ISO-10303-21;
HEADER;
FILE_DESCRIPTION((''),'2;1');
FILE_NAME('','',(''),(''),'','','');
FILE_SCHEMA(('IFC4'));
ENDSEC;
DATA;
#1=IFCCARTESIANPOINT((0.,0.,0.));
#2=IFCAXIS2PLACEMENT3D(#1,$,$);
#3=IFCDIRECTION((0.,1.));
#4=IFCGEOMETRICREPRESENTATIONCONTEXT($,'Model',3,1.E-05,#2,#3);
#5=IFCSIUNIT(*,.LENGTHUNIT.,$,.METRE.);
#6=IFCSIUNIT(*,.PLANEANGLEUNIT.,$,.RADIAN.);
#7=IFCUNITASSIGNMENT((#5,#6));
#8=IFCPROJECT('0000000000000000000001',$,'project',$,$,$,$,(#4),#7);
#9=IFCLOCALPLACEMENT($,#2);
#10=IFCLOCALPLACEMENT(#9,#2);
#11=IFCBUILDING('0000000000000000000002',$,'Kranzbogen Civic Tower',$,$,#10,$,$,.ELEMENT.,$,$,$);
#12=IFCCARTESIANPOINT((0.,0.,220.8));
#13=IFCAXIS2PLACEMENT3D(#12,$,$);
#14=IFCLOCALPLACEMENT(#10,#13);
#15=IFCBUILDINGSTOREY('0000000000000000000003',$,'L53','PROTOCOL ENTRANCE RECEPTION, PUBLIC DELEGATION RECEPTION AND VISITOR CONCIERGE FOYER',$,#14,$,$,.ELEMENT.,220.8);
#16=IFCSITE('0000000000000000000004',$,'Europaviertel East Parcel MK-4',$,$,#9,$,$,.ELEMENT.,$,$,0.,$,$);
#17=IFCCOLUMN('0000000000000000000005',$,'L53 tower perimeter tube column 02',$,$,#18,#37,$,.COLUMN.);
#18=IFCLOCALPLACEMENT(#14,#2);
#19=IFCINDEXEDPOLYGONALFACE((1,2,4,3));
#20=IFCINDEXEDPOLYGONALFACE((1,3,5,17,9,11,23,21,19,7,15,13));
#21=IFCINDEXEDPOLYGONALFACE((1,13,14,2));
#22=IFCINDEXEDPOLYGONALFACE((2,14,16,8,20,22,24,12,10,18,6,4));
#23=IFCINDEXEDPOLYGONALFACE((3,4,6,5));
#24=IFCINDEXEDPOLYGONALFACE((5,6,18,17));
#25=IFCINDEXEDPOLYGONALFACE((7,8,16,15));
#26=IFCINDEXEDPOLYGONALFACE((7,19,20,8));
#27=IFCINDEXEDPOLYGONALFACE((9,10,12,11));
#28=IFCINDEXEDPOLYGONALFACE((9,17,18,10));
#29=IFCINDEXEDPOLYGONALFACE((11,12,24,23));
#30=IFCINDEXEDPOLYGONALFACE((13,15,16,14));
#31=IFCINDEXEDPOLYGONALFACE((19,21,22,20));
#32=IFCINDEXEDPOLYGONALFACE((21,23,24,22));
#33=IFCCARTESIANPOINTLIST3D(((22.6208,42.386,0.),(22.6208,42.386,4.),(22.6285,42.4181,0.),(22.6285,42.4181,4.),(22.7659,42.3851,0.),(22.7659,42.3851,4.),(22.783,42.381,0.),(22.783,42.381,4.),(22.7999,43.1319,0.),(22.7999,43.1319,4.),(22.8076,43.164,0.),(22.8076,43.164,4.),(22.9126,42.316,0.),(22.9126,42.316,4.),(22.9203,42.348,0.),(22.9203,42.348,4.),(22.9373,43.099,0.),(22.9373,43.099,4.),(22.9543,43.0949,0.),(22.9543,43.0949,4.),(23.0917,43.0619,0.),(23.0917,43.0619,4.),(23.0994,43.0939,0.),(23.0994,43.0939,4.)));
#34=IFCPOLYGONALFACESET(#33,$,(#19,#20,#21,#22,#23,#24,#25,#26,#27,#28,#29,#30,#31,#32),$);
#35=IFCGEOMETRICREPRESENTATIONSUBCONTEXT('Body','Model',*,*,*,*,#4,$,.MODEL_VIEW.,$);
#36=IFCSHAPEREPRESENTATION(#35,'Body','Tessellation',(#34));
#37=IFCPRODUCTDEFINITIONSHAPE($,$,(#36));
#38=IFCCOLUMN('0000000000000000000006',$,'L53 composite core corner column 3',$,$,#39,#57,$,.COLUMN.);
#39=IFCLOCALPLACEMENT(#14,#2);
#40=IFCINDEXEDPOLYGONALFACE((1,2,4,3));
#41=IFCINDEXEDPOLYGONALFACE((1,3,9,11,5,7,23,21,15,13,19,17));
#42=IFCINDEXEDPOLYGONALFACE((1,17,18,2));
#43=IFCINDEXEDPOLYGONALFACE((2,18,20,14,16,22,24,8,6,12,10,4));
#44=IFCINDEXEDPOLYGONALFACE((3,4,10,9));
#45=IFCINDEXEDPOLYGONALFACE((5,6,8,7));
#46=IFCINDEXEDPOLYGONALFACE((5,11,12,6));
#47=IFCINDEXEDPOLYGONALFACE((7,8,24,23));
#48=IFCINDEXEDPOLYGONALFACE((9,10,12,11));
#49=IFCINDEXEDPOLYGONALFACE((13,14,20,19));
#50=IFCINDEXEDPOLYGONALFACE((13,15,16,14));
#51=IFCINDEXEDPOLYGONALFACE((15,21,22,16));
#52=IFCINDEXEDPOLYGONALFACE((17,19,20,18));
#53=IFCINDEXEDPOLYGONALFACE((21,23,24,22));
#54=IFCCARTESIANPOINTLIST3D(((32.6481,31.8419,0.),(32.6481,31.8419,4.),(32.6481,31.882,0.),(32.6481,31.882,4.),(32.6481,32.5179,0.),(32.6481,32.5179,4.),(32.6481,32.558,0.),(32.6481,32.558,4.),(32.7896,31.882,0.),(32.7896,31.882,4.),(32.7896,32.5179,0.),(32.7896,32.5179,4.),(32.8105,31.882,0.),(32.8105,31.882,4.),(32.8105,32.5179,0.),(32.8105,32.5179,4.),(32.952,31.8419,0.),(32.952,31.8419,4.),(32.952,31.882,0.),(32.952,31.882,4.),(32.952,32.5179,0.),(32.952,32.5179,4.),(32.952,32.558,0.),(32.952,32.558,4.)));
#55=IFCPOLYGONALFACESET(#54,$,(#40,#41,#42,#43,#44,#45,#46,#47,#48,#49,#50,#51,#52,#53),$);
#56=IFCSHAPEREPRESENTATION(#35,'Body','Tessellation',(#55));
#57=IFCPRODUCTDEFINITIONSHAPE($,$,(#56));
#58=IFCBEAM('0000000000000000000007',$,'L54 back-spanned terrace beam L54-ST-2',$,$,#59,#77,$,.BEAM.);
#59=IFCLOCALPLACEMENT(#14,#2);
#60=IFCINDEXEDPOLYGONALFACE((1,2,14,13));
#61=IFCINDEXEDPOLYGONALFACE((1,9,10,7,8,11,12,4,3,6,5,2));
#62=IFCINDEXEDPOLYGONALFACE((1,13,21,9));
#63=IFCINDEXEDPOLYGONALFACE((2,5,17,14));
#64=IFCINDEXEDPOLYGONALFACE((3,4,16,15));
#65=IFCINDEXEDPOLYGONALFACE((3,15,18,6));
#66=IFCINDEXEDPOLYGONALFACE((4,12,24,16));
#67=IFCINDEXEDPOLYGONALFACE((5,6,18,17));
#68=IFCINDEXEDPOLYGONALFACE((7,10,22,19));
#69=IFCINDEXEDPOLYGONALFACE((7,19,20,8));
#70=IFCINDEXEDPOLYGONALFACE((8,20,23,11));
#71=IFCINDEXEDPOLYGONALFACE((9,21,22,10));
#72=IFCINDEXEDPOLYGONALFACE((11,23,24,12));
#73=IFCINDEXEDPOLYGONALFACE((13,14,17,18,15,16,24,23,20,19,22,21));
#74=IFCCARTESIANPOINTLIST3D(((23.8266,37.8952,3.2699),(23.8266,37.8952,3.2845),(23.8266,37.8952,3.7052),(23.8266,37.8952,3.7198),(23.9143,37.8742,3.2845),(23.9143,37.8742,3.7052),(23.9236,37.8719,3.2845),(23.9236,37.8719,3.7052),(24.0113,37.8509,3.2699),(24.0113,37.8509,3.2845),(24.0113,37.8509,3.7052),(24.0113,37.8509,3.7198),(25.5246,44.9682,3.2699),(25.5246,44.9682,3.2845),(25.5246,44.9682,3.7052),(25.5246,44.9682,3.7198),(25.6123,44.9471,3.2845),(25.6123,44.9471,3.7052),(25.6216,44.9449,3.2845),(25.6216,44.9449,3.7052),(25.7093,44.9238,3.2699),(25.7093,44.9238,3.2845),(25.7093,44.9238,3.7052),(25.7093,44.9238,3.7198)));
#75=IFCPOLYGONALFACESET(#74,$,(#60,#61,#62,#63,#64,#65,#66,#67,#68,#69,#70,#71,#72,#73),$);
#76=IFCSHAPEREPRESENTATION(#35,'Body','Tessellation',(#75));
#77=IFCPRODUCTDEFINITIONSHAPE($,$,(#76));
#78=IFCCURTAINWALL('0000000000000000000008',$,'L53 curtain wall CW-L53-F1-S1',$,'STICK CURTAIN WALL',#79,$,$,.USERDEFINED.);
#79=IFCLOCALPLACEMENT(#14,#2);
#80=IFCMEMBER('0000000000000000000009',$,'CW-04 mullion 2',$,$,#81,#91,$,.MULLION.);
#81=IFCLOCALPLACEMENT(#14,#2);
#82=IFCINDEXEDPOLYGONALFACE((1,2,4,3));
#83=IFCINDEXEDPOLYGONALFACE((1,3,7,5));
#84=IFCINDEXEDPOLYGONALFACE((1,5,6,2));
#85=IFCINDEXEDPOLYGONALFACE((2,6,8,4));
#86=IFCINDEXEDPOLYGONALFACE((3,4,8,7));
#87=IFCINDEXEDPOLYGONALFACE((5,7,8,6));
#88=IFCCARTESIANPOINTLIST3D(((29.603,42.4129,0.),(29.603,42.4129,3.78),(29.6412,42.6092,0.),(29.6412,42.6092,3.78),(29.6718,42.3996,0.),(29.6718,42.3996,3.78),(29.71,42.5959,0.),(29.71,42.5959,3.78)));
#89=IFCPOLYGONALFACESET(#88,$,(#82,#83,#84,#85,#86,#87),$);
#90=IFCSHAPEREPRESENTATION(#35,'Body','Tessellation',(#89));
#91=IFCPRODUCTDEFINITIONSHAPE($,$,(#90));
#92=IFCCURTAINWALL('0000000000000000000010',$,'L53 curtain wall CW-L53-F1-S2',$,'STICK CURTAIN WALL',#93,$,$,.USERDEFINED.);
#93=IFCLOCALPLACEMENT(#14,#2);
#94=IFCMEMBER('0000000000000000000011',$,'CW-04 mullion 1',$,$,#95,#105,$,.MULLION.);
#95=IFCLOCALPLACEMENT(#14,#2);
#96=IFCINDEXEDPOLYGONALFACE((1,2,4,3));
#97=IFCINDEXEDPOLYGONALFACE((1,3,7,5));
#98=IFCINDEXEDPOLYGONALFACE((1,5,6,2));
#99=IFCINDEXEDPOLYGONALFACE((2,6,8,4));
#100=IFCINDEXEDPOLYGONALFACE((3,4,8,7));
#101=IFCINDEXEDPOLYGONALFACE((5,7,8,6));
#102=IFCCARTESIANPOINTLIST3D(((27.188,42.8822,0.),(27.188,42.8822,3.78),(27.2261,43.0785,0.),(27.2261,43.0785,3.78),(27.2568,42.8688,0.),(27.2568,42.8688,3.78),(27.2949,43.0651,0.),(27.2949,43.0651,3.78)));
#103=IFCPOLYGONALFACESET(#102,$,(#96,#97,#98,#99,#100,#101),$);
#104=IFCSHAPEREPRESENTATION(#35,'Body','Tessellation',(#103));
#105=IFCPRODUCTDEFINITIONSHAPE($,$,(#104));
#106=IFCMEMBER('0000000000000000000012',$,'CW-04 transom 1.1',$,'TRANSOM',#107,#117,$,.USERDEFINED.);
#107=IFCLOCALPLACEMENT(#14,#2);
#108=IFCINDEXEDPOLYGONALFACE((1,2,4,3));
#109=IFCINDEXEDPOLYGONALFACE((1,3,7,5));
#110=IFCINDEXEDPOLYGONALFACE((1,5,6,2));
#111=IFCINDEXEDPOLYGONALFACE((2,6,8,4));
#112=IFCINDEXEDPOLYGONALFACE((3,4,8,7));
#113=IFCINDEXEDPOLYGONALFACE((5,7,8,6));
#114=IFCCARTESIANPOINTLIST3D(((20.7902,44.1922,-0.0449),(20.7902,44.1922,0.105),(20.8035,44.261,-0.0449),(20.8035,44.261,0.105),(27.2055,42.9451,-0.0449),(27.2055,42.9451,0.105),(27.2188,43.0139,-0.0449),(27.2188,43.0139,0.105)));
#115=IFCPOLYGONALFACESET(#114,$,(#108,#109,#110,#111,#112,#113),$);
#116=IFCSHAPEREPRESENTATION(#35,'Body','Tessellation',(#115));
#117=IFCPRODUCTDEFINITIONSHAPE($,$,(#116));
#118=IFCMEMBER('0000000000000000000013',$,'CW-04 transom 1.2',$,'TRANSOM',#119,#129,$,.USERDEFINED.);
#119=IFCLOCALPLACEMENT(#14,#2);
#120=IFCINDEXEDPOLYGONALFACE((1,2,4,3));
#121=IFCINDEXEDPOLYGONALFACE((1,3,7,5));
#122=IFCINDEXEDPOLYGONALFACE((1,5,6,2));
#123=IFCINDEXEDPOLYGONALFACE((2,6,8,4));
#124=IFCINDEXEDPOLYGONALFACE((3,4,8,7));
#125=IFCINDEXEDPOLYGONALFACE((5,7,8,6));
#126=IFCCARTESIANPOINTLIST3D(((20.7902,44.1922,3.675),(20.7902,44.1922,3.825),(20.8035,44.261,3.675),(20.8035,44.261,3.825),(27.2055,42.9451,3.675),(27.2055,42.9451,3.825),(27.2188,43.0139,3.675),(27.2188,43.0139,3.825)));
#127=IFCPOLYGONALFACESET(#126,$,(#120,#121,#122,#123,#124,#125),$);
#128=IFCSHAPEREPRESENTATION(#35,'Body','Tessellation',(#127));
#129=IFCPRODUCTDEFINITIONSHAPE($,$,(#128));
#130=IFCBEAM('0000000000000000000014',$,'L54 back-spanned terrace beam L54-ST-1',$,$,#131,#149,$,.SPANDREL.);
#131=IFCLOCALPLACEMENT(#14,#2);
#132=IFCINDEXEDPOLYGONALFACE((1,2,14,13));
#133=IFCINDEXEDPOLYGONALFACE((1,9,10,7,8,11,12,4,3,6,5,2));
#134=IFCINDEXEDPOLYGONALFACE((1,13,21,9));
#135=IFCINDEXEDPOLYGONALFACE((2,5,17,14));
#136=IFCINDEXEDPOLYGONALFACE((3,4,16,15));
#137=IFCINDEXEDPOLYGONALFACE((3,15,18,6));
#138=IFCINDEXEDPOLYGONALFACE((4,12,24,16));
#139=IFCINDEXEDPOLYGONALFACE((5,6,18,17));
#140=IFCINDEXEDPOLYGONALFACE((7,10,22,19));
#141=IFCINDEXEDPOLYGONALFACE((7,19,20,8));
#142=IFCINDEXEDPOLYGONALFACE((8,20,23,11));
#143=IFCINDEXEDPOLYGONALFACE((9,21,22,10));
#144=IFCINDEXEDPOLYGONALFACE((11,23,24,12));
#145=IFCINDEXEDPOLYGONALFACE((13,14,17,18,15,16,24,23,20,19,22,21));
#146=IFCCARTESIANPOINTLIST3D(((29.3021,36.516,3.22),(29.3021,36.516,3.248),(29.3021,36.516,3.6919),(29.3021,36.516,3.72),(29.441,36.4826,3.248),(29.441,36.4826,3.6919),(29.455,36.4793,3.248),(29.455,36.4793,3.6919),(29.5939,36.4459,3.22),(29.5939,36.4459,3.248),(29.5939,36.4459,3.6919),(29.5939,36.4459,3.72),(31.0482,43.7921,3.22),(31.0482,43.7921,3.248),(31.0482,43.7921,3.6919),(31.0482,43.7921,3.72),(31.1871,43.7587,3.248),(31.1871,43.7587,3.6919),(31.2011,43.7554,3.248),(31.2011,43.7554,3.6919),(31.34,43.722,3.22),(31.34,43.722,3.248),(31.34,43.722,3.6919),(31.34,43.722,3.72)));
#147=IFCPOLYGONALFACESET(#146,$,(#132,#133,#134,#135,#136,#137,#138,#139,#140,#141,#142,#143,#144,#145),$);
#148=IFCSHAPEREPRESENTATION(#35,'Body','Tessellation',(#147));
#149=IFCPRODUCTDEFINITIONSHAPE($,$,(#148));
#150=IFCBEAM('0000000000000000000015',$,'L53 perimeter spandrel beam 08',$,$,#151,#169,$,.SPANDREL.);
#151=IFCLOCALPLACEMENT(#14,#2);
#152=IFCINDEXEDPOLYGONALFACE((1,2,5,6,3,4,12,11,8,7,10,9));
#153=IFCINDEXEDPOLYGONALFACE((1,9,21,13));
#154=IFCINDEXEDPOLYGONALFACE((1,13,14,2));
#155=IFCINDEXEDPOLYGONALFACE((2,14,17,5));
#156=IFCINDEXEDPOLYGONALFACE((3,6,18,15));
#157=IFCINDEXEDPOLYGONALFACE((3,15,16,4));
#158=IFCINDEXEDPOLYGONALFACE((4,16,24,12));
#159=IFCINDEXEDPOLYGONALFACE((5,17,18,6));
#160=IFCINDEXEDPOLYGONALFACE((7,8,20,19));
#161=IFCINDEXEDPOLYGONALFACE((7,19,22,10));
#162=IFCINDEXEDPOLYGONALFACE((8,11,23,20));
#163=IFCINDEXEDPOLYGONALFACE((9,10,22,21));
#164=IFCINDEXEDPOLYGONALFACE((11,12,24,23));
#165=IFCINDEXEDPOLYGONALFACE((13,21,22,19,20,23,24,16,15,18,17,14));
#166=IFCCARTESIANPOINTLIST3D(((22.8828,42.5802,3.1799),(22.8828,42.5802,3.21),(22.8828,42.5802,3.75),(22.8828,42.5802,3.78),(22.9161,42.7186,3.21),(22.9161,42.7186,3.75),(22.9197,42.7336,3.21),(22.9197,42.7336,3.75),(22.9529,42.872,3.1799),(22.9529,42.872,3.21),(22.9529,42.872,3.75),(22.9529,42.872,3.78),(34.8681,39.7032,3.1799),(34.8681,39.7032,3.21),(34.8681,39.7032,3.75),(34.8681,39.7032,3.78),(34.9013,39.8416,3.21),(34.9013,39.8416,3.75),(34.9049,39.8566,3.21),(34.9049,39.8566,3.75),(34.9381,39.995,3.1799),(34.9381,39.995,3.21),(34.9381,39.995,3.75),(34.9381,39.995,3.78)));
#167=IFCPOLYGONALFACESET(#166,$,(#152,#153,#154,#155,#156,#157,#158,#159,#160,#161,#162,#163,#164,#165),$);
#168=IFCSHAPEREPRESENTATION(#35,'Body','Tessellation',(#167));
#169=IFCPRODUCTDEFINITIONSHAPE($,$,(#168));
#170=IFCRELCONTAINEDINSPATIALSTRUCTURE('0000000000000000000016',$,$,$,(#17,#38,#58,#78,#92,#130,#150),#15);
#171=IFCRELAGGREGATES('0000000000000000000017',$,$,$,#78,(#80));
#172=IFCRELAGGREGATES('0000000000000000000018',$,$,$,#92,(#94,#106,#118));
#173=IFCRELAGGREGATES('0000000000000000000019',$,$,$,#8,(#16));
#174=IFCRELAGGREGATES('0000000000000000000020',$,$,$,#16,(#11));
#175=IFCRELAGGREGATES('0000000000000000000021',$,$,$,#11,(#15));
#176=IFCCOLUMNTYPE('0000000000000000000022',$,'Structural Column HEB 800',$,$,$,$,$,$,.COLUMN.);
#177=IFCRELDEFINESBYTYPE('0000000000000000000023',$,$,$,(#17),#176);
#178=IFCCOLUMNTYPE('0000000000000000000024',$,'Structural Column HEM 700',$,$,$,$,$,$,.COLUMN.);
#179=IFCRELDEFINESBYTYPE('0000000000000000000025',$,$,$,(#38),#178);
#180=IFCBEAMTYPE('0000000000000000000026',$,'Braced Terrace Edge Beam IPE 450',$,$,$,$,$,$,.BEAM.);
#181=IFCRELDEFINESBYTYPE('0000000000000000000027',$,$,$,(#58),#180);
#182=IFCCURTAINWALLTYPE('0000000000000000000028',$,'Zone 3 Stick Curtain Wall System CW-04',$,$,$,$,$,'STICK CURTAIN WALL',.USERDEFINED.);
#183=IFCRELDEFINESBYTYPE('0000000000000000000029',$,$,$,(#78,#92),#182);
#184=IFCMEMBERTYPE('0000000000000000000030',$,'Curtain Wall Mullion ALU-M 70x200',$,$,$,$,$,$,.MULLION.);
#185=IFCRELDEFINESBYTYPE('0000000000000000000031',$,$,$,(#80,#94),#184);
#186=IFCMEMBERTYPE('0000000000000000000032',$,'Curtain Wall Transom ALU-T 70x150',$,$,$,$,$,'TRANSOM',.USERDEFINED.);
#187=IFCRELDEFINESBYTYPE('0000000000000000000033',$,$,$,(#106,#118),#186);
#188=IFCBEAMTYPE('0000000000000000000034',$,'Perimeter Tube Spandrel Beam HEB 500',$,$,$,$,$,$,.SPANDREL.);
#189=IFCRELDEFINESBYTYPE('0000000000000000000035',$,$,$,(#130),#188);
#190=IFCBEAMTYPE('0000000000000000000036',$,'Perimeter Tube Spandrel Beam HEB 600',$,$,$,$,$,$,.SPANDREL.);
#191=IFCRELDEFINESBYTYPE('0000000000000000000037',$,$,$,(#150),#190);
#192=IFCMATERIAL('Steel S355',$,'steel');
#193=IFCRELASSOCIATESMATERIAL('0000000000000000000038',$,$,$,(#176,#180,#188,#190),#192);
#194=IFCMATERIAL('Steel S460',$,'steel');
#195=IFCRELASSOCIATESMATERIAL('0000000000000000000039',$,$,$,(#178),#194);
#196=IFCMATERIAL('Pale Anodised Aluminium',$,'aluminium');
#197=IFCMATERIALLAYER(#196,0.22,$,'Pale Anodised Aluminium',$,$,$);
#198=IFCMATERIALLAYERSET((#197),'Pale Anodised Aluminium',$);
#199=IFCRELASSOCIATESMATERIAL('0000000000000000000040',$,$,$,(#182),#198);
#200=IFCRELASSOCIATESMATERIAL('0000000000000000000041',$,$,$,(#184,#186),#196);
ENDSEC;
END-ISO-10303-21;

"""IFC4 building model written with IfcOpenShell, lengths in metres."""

from ifc_helpers import new_model, si_unit, direction, frame, origin, origin_2d, place, context, subcontext, project, spatial, rectangle, i_section, extrude, material, layer, layer_set, material_profile, profile_set, type_object, element, aggregate, save


model = new_model("IFC4")

# Units and contexts
model_context = context("Model", 3, precision=1e-05, world=origin(), true_north=direction((0.0, 1.0)))
body_context = subcontext(model_context, "Body", "Model", "MODEL_VIEW")
ifc_project = project(units=[si_unit("LENGTHUNIT", "METRE"), si_unit("PLANEANGLEUNIT", "RADIAN")], contexts=[model_context])

# Site, building, storey
site_placement = place(None, origin())
site = spatial("IfcSite", under=ifc_project, at=site_placement, Name="Europaviertel East Parcel MK-4", CompositionType="ELEMENT", RefElevation=0.0)
building_placement = place(site_placement, origin())
building = spatial("IfcBuilding", under=site, at=building_placement, Name="Kranzbogen Civic Tower", CompositionType="ELEMENT")
storey_placement = place(building_placement, frame((0.0, 0.0, 220.8)))
storey = spatial("IfcBuildingStorey", under=building, at=storey_placement, Name="L53", Description="PROTOCOL ENTRANCE RECEPTION, PUBLIC DELEGATION RECEPTION AND VISITOR CONCIERGE FOYER", CompositionType="ELEMENT", Elevation=220.8)

# Columns
ifc_material_1 = material(Name="Steel S355", Category="steel")
ifc_material_profile_1 = material_profile(ifc_material_1, i_section(OverallWidth=0.3, OverallDepth=0.8, WebThickness=0.0176, FlangeThickness=0.033, at=origin_2d()), Name="HEB 800")
ifc_profile_set_1 = profile_set([ifc_material_profile_1], Name="Steel S355")
column_type_1 = type_object("IfcColumnType", Name="Structural Column HEB 800", PredefinedType="COLUMN", material=ifc_profile_set_1)
column_1_placement = place(storey_placement, frame((22.8601, 42.74, 0.0), z_axis=(0.0, 0.0, 1.0), x_axis=(-0.97237, 0.233445, 0.0)))
element("IfcColumn", 1, at=column_1_placement, inside=storey, type_object=column_type_1, Name="L53 tower perimeter tube column 02", PredefinedType="COLUMN", context=body_context, shape_type="SweptSolid", body=[
    extrude(i_section(OverallWidth=0.3, OverallDepth=0.8, WebThickness=0.0176, FlangeThickness=0.033, at=origin_2d()), origin(), (0.0, 0.0, 1.0), 4.0),
])
ifc_material_2 = material(Name="Steel S460", Category="steel")
ifc_material_profile_2 = material_profile(ifc_material_2, i_section(OverallWidth=0.304, OverallDepth=0.7161, WebThickness=0.021, FlangeThickness=0.04, at=origin_2d()), Name="HEM 700")
ifc_profile_set_2 = profile_set([ifc_material_profile_2], Name="Steel S460")
column_type_2 = type_object("IfcColumnType", Name="Structural Column HEM 700", PredefinedType="COLUMN", material=ifc_profile_set_2)
column_2_placement = place(storey_placement, frame((32.8, 32.2, 0.0), z_axis=(0.0, 0.0, 1.0), x_axis=(1.0, 0.0, 0.0)))
element("IfcColumn", 2, at=column_2_placement, inside=storey, type_object=column_type_2, Name="L53 composite core corner column 3", PredefinedType="COLUMN", context=body_context, shape_type="SweptSolid", body=[
    extrude(i_section(OverallWidth=0.304, OverallDepth=0.7161, WebThickness=0.021, FlangeThickness=0.04, at=origin_2d()), origin(), (0.0, 0.0, 1.0), 4.0),
])

# Beam
ifc_material_profile_3 = material_profile(ifc_material_1, i_section(OverallWidth=0.1899, OverallDepth=0.45, WebThickness=0.0095, FlangeThickness=0.0146, at=origin_2d()), Name="IPE 450")
ifc_profile_set_3 = profile_set([ifc_material_profile_3], Name="Steel S355")
beam_type_1 = type_object("IfcBeamType", Name="Braced Terrace Edge Beam IPE 450", PredefinedType="BEAM", material=ifc_profile_set_3)
beam_1_placement = place(storey_placement, frame((23.9189, 37.873, 3.4949), z_axis=(0.233435, 0.972372, 0.0), x_axis=(-0.972372, 0.233435, 0.0)))
element("IfcBeam", 3, at=beam_1_placement, inside=storey, type_object=beam_type_1, Name="L54 back-spanned terrace beam L54-ST-2", PredefinedType="BEAM", context=body_context, shape_type="SweptSolid", body=[
    extrude(i_section(OverallWidth=0.1899, OverallDepth=0.45, WebThickness=0.0095, FlangeThickness=0.0146, at=origin_2d()), origin(), (0.0, 0.0, 1.0), 7.2739),
])

# Curtain wall, member
ifc_material_3 = material(Name="Pale Anodised Aluminium", Category="aluminium")
ifc_layer_1 = layer(ifc_material_3, 0.22, Name="Pale Anodised Aluminium")
ifc_layer_set_1 = layer_set([ifc_layer_1], Name="Pale Anodised Aluminium")
curtain_wall_type = type_object("IfcCurtainWallType", Name="Zone 3 Stick Curtain Wall System CW-04", ElementType="STICK CURTAIN WALL", PredefinedType="USERDEFINED", material=ifc_layer_set_1)
curtain_wall_1_placement = place(storey_placement, origin())
curtain_wall_1 = element("IfcCurtainWall", 4, at=curtain_wall_1_placement, inside=storey, type_object=curtain_wall_type, Name="L53 curtain wall CW-L53-F1-S1", ObjectType="STICK CURTAIN WALL", PredefinedType="USERDEFINED")
ifc_material_profile_4 = material_profile(ifc_material_3, rectangle(XDim=0.0701, YDim=0.2, at=origin_2d()), Name="ALU-M 70x200")
ifc_profile_set_4 = profile_set([ifc_material_profile_4], Name="Pale Anodised Aluminium")
member_type_1 = type_object("IfcMemberType", Name="Curtain Wall Mullion ALU-M 70x200", PredefinedType="MULLION", material=ifc_profile_set_4)
member_1_placement = place(storey_placement, frame((29.6565, 42.5044, 0.0), z_axis=(0.0, 0.0, 1.0), x_axis=(-0.981641, 0.190737, 0.0)))
member_1 = element("IfcMember", 5, at=member_1_placement, type_object=member_type_1, Name="CW-04 mullion 2", PredefinedType="MULLION", context=body_context, shape_type="SweptSolid", body=[
    extrude(rectangle(XDim=0.0701, YDim=0.2, at=origin_2d()), origin(), (0.0, 0.0, 1.0), 3.78),
])

# Curtain wall, members
curtain_wall_2_placement = place(storey_placement, origin())
curtain_wall_2 = element("IfcCurtainWall", 6, at=curtain_wall_2_placement, inside=storey, type_object=curtain_wall_type, Name="L53 curtain wall CW-L53-F1-S2", ObjectType="STICK CURTAIN WALL", PredefinedType="USERDEFINED")
member_2_placement = place(storey_placement, frame((27.2415, 42.9736, 0.0), z_axis=(0.0, 0.0, 1.0), x_axis=(-0.981624, 0.190825, 0.0)))
member_2 = element("IfcMember", 7, at=member_2_placement, type_object=member_type_1, Name="CW-04 mullion 1", PredefinedType="MULLION", context=body_context, shape_type="SweptSolid", body=[
    extrude(rectangle(XDim=0.0701, YDim=0.2, at=origin_2d()), origin(), (0.0, 0.0, 1.0), 3.78),
])
ifc_material_profile_5 = material_profile(ifc_material_3, rectangle(XDim=0.0701, YDim=0.1499, at=origin_2d()), Name="ALU-T 70x150")
ifc_profile_set_5 = profile_set([ifc_material_profile_5], Name="Pale Anodised Aluminium")
member_type_2 = type_object("IfcMemberType", Name="Curtain Wall Transom ALU-T 70x150", ElementType="TRANSOM", PredefinedType="USERDEFINED", material=ifc_profile_set_5)
member_3_placement = place(storey_placement, frame((27.2122, 42.9795, 0.03), z_axis=(-0.981625, 0.190819, 0.0), x_axis=(-0.190819, -0.981625, 0.0)))
member_3 = element("IfcMember", 8, at=member_3_placement, type_object=member_type_2, Name="CW-04 transom 1.1", ObjectType="TRANSOM", PredefinedType="USERDEFINED", context=body_context, shape_type="SweptSolid", body=[
    extrude(rectangle(XDim=0.0701, YDim=0.1499, at=origin_2d()), origin(), (0.0, 0.0, 1.0), 6.5354),
])
member_4_placement = place(storey_placement, frame((27.2122, 42.9795, 3.75), z_axis=(-0.981625, 0.190819, 0.0), x_axis=(-0.190819, -0.981625, 0.0)))
member_4 = element("IfcMember", 9, at=member_4_placement, type_object=member_type_2, Name="CW-04 transom 1.2", ObjectType="TRANSOM", PredefinedType="USERDEFINED", context=body_context, shape_type="SweptSolid", body=[
    extrude(rectangle(XDim=0.0701, YDim=0.1499, at=origin_2d()), origin(), (0.0, 0.0, 1.0), 6.5354),
])

# Beams
ifc_material_profile_6 = material_profile(ifc_material_1, i_section(OverallWidth=0.3, OverallDepth=0.5, WebThickness=0.0144, FlangeThickness=0.0281, at=origin_2d()), Name="HEB 500")
ifc_profile_set_6 = profile_set([ifc_material_profile_6], Name="Steel S355")
beam_type_2 = type_object("IfcBeamType", Name="Perimeter Tube Spandrel Beam HEB 500", PredefinedType="SPANDREL", material=ifc_profile_set_6)
beam_2_placement = place(storey_placement, frame((29.448, 36.481, 3.47), z_axis=(0.233351, 0.972393, 0.0), x_axis=(-0.972393, 0.233351, 0.0)))
element("IfcBeam", 10, at=beam_2_placement, inside=storey, type_object=beam_type_2, Name="L54 back-spanned terrace beam L54-ST-1", PredefinedType="SPANDREL", context=body_context, shape_type="SweptSolid", body=[
    extrude(i_section(OverallWidth=0.3, OverallDepth=0.5, WebThickness=0.0144, FlangeThickness=0.0281, at=origin_2d()), origin(), (0.0, 0.0, 1.0), 7.4827),
])
ifc_material_profile_7 = material_profile(ifc_material_1, i_section(OverallWidth=0.3, OverallDepth=0.6001, WebThickness=0.0154, FlangeThickness=0.03, at=origin_2d()), Name="HEB 600")
ifc_profile_set_7 = profile_set([ifc_material_profile_7], Name="Steel S355")
beam_type_3 = type_object("IfcBeamType", Name="Perimeter Tube Spandrel Beam HEB 600", PredefinedType="SPANDREL", material=ifc_profile_set_7)
beam_3_placement = place(storey_placement, frame((34.9031, 39.8491, 3.48), z_axis=(-0.972378, 0.233413, 0.0), x_axis=(-0.233413, -0.972378, 0.0)))
element("IfcBeam", 11, at=beam_3_placement, inside=storey, type_object=beam_type_3, Name="L53 perimeter spandrel beam 08", PredefinedType="SPANDREL", context=body_context, shape_type="SweptSolid", body=[
    extrude(i_section(OverallWidth=0.3, OverallDepth=0.6001, WebThickness=0.0154, FlangeThickness=0.03, at=origin_2d()), origin(), (0.0, 0.0, 1.0), 12.3257),
])

aggregate(curtain_wall_1, [member_1])
aggregate(curtain_wall_2, [member_2, member_3, member_4])

save(model, "model.ifc")
